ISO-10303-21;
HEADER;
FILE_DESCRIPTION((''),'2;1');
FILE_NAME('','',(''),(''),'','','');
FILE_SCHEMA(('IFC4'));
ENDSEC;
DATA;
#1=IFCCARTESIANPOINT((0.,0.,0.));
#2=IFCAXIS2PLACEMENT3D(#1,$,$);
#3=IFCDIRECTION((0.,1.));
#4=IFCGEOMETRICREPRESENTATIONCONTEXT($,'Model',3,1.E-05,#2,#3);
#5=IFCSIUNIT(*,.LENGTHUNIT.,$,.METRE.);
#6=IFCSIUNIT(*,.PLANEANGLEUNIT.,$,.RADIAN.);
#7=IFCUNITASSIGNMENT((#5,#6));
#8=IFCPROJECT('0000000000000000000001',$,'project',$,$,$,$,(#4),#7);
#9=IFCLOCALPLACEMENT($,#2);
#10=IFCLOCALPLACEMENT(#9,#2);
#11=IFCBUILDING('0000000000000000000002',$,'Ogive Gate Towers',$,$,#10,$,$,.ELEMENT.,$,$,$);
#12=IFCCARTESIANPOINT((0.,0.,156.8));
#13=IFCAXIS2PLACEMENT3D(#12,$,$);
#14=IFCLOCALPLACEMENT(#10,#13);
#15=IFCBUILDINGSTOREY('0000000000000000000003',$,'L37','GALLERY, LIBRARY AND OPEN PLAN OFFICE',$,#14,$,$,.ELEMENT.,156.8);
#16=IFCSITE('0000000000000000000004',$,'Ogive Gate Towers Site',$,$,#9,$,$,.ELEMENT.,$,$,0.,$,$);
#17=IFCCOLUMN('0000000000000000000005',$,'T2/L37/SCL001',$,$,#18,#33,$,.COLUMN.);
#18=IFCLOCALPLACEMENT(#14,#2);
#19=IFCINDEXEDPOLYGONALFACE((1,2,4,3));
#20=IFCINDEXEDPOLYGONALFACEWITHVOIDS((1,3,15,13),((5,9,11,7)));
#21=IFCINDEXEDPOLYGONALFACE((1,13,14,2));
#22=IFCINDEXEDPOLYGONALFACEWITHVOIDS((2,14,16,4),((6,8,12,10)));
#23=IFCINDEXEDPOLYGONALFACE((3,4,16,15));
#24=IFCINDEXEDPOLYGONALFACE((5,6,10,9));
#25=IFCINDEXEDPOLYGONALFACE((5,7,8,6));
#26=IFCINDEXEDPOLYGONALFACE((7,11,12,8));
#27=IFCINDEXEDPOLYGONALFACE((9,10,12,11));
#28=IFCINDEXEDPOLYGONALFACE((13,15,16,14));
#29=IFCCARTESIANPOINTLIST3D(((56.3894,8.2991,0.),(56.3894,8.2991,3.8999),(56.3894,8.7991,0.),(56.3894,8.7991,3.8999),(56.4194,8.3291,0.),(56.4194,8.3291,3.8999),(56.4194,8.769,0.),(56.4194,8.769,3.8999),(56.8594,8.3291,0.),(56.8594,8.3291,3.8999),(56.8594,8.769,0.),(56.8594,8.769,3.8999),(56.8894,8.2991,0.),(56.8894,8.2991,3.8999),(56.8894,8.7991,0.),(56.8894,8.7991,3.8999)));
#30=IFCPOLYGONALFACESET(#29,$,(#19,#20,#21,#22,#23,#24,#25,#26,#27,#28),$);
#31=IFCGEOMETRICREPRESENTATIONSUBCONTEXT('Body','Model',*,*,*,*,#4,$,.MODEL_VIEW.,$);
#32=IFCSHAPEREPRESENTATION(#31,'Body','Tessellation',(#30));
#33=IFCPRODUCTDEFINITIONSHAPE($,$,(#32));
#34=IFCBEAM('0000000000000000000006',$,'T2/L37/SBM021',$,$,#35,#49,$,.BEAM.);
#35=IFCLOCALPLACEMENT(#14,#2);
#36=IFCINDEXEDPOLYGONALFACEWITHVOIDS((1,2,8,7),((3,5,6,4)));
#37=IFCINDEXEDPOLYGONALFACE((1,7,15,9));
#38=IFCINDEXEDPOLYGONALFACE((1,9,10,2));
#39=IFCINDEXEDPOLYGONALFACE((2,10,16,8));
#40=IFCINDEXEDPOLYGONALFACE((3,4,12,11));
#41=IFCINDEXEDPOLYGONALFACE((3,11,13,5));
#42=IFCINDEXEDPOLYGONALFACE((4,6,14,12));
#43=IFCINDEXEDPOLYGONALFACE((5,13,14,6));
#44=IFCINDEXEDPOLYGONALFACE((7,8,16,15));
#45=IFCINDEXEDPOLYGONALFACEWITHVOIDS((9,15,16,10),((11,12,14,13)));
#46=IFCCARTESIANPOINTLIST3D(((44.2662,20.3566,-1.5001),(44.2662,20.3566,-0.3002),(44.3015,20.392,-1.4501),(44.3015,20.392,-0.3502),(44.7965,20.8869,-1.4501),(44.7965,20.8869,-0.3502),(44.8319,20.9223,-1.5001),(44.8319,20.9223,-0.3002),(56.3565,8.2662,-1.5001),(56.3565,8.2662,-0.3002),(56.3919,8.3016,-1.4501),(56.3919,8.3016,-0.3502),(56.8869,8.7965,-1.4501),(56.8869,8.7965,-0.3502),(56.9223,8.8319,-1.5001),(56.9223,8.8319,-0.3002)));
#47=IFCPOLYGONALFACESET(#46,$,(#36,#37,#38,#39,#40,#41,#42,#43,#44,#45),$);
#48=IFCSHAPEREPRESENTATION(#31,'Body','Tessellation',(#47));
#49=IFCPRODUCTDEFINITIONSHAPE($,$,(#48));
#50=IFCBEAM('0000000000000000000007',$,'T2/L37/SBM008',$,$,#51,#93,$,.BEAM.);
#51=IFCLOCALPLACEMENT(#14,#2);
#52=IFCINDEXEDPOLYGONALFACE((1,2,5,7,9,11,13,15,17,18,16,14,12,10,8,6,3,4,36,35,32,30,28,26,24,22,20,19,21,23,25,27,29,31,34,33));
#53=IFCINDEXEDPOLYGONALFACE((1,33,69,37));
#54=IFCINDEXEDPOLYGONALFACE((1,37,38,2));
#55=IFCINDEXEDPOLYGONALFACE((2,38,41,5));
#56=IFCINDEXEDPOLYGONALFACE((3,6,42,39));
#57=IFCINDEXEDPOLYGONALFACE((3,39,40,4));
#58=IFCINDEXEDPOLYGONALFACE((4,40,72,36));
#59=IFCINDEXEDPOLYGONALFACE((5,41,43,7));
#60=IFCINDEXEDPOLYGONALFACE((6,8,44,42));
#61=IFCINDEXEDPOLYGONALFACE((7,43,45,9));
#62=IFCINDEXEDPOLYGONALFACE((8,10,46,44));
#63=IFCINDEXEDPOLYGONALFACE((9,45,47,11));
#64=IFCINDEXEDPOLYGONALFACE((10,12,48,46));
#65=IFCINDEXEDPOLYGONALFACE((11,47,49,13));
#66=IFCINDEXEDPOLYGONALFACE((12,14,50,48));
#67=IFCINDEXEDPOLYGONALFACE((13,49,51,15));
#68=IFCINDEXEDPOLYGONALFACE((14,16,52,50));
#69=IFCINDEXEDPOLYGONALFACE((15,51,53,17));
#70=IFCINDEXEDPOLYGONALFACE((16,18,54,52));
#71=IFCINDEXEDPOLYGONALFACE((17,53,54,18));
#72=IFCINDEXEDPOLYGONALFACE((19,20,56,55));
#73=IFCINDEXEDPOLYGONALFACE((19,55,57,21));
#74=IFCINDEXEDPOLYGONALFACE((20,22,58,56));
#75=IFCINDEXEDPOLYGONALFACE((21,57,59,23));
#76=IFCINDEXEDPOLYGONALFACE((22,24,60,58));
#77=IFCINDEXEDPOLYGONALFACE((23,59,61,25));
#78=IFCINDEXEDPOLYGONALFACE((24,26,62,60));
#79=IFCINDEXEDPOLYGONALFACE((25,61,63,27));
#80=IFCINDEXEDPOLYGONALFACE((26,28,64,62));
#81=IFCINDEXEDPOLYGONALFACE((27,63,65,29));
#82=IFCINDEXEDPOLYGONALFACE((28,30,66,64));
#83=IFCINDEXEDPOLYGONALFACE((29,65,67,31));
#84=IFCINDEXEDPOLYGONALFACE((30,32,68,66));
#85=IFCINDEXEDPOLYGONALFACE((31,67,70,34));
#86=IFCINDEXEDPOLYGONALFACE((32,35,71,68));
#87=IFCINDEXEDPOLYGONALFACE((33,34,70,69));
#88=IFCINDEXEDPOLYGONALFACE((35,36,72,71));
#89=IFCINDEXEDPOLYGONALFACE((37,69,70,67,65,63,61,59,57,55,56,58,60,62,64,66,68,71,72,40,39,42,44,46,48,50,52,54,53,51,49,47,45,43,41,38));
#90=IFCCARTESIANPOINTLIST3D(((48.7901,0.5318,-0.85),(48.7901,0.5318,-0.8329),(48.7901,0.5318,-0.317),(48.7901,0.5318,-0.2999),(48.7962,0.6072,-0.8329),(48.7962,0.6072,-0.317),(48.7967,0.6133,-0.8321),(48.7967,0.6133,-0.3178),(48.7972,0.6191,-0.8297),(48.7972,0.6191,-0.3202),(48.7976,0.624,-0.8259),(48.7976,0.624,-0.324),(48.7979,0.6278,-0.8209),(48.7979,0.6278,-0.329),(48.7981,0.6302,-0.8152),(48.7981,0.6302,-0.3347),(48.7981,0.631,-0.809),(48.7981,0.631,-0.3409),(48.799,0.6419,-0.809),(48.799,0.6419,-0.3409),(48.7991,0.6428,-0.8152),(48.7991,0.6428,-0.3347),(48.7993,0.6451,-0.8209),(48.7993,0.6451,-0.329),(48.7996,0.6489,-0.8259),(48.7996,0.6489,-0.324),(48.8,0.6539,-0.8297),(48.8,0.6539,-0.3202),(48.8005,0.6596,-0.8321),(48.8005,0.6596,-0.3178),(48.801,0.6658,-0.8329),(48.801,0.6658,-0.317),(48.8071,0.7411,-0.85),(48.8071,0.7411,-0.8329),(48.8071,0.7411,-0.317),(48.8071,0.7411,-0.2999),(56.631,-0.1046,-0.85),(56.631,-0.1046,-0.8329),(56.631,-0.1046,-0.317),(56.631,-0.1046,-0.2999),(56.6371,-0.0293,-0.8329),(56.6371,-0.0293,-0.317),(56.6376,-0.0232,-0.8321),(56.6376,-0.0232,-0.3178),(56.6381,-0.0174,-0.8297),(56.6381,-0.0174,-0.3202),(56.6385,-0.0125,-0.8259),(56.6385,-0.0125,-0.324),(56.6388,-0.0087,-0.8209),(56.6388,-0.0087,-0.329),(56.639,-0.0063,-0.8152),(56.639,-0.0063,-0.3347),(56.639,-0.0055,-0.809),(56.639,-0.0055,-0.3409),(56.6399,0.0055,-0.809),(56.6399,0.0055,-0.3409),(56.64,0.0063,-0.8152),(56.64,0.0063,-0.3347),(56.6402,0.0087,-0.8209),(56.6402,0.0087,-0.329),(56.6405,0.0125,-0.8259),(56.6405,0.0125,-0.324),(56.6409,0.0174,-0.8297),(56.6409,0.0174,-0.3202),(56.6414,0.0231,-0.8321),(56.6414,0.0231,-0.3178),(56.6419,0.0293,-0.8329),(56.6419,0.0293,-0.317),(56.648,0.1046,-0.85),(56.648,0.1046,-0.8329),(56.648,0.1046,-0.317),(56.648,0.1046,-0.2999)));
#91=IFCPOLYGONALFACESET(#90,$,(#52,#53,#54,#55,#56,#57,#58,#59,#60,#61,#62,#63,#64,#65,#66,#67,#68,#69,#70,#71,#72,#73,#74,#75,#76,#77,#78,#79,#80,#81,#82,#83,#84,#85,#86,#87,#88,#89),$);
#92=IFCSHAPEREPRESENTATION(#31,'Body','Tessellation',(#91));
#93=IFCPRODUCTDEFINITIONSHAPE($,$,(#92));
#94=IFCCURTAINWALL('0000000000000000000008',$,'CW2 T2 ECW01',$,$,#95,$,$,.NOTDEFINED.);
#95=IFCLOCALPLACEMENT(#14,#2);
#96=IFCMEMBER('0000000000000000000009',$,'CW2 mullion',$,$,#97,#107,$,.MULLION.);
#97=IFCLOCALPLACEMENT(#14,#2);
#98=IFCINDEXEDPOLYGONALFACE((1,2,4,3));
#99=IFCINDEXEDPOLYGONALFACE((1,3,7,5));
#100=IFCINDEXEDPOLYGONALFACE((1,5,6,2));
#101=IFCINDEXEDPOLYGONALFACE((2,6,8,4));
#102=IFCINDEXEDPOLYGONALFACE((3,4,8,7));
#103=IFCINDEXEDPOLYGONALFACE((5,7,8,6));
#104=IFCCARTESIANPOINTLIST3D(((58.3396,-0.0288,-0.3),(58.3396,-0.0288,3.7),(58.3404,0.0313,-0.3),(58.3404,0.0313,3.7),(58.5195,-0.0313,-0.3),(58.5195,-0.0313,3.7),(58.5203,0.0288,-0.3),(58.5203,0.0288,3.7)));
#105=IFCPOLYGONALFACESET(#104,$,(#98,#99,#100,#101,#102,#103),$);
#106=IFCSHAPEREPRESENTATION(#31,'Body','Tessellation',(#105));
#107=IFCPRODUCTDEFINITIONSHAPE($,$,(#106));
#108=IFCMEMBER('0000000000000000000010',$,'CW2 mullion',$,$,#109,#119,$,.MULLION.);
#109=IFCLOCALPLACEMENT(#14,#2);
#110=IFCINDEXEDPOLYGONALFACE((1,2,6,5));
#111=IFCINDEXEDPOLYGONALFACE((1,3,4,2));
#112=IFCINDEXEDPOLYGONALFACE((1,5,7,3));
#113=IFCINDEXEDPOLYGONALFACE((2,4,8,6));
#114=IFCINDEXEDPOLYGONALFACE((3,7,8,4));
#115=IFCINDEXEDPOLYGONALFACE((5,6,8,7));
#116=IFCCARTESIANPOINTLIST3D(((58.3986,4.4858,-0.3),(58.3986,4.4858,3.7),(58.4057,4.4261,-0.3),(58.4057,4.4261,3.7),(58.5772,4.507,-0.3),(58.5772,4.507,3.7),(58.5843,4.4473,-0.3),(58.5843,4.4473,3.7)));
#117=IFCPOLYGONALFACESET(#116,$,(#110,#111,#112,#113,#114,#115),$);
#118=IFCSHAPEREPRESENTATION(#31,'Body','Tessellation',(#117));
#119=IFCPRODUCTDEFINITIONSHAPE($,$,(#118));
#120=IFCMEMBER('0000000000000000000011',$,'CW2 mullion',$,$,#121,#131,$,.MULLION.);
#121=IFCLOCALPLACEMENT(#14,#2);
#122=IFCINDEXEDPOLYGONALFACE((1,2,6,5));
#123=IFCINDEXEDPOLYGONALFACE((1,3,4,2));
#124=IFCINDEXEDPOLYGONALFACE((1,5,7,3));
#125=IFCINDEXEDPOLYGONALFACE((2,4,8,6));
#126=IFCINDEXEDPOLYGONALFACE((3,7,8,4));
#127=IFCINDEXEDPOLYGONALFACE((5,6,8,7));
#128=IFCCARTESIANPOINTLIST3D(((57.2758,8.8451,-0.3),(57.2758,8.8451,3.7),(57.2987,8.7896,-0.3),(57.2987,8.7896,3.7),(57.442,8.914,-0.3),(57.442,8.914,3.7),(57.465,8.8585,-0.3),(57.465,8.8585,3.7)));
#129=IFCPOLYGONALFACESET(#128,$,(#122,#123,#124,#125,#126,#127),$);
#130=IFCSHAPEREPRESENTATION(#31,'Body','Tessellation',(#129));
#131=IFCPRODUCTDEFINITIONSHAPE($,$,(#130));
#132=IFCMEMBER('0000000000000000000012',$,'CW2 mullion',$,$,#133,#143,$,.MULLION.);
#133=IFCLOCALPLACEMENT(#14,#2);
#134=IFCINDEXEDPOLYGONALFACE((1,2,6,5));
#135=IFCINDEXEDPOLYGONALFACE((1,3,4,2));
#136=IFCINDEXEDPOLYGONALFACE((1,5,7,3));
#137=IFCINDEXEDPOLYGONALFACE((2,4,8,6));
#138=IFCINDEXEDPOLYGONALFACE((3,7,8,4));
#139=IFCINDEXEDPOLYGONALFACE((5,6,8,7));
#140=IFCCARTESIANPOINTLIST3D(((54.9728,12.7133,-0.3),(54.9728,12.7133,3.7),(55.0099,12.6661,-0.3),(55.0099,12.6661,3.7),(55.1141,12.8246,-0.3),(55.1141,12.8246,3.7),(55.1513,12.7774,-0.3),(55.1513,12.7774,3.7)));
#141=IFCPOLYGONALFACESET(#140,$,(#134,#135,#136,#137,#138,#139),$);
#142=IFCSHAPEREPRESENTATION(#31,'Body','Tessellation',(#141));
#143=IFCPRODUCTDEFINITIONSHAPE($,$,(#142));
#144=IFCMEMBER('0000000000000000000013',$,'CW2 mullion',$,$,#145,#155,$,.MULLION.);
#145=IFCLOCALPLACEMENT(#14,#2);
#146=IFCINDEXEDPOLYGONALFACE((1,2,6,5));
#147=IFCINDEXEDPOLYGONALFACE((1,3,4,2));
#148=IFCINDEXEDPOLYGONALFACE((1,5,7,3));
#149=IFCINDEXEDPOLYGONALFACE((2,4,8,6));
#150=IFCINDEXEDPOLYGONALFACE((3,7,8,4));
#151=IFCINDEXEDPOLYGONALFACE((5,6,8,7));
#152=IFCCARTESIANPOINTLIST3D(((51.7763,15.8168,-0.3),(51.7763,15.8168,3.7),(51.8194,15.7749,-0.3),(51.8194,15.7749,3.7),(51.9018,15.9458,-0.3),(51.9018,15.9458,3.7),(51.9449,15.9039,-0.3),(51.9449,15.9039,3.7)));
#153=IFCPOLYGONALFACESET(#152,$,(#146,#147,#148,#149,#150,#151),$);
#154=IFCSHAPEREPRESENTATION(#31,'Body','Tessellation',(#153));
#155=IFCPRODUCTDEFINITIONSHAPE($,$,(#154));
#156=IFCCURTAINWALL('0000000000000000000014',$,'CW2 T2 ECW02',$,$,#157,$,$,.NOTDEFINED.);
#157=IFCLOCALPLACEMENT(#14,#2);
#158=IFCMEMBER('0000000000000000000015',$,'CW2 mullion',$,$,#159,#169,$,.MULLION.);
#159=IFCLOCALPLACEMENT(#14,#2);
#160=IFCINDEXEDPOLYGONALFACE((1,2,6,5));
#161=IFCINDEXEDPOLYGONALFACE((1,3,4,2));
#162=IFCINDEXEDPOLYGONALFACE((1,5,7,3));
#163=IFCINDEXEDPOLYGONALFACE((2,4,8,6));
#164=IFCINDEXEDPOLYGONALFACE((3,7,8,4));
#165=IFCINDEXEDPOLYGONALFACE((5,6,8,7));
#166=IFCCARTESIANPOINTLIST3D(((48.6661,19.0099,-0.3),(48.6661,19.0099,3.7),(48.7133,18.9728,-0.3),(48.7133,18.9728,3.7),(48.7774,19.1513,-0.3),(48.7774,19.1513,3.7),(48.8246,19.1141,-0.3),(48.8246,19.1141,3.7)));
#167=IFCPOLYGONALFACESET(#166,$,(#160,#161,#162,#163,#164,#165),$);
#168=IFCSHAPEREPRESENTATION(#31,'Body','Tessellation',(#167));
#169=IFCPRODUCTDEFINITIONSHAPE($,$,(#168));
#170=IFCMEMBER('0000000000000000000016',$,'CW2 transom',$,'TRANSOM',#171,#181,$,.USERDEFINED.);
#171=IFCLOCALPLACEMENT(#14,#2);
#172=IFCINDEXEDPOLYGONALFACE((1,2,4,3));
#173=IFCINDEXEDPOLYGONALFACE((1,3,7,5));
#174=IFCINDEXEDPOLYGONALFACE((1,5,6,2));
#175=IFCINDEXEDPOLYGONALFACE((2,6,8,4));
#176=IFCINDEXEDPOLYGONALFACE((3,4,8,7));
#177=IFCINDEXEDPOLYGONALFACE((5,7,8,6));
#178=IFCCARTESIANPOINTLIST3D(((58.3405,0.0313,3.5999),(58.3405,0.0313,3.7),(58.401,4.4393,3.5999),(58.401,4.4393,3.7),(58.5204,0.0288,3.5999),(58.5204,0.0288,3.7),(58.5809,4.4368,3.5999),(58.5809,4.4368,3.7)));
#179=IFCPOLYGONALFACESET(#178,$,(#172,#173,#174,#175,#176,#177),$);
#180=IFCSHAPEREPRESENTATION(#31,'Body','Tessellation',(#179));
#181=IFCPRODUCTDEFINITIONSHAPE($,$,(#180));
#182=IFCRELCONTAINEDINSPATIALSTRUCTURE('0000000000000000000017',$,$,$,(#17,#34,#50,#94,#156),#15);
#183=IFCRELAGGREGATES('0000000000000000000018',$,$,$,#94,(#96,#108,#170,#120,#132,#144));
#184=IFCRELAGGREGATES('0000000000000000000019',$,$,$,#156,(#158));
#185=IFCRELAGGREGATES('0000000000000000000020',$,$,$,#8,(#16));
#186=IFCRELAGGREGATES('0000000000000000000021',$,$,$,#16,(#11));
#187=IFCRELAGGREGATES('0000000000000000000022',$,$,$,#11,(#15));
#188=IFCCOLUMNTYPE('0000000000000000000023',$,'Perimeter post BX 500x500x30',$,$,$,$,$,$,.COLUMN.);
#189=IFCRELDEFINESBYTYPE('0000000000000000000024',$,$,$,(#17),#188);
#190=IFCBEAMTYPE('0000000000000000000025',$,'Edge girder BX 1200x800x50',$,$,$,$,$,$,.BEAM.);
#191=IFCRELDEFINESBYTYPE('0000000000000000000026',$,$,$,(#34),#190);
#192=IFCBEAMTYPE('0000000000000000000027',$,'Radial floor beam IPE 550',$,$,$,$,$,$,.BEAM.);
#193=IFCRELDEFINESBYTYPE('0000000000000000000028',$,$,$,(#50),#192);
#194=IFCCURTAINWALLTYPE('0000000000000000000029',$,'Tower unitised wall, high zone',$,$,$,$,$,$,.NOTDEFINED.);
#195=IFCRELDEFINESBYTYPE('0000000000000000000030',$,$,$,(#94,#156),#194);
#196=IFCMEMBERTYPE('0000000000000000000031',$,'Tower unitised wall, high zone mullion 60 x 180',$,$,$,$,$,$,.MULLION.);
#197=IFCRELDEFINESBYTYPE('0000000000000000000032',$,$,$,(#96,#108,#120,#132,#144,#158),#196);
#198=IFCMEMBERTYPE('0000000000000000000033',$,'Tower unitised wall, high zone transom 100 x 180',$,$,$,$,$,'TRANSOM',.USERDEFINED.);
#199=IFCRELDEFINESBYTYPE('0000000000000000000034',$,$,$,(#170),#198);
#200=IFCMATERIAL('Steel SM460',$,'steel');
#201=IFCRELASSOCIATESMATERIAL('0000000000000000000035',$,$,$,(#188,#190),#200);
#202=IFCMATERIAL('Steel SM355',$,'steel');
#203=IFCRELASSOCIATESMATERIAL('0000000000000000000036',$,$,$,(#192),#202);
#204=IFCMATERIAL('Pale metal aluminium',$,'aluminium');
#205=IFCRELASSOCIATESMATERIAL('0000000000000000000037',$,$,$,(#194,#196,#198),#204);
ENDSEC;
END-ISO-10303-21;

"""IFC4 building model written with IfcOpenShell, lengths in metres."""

from ifc_helpers import new_model, si_unit, direction, frame, origin, origin_2d, place, context, subcontext, project, spatial, rectangle, hollow_rectangle, i_section, extrude, material, material_profile, profile_set, type_object, element, aggregate, save


model = new_model("IFC4")

# Units and contexts
model_context = context("Model", 3, precision=1e-05, world=origin(), true_north=direction((0.0, 1.0)))
body_context = subcontext(model_context, "Body", "Model", "MODEL_VIEW")
ifc_project = project(units=[si_unit("LENGTHUNIT", "METRE"), si_unit("PLANEANGLEUNIT", "RADIAN")], contexts=[model_context])

# Site, building, storey
site_placement = place(None, origin())
site = spatial("IfcSite", under=ifc_project, at=site_placement, Name="Ogive Gate Towers Site", CompositionType="ELEMENT", RefElevation=0.0)
building_placement = place(site_placement, origin())
building = spatial("IfcBuilding", under=site, at=building_placement, Name="Ogive Gate Towers", CompositionType="ELEMENT")
storey_placement = place(building_placement, frame((0.0, 0.0, 156.8)))
storey = spatial("IfcBuildingStorey", under=building, at=storey_placement, Name="L37", Description="GALLERY, LIBRARY AND OPEN PLAN OFFICE", CompositionType="ELEMENT", Elevation=156.8)

# Column
ifc_material_1 = material(Name="Steel SM460", Category="steel")
ifc_material_profile_1 = material_profile(ifc_material_1, hollow_rectangle(XDim=0.5, YDim=0.5, WallThickness=0.03, at=origin_2d()), Name="BX 500x500x30")
ifc_profile_set_1 = profile_set([ifc_material_profile_1], Name="Steel SM460")
column_type = type_object("IfcColumnType", Name="Perimeter post BX 500x500x30", PredefinedType="COLUMN", material=ifc_profile_set_1)
column_placement = place(storey_placement, frame((56.6394, 8.5491, 0.0), z_axis=(0.0, 0.0, 1.0), x_axis=(1.0, 0.0, 0.0)))
element("IfcColumn", 1, at=column_placement, inside=storey, type_object=column_type, Name="T2/L37/SCL001", PredefinedType="COLUMN", context=body_context, shape_type="SweptSolid", body=[
    extrude(hollow_rectangle(XDim=0.5, YDim=0.5, WallThickness=0.03, at=origin_2d()), origin(), (0.0, 0.0, 1.0), 3.8999),
])

# Beams
ifc_material_profile_2 = material_profile(ifc_material_1, hollow_rectangle(XDim=0.8, YDim=1.2, WallThickness=0.05, at=origin_2d()), Name="BX 1200x800x50")
ifc_profile_set_2 = profile_set([ifc_material_profile_2], Name="Steel SM460")
beam_type_1 = type_object("IfcBeamType", Name="Edge girder BX 1200x800x50", PredefinedType="BEAM", material=ifc_profile_set_2)
beam_1_placement = place(storey_placement, frame((56.6394, 8.5491, -0.9001), z_axis=(-0.707107, 0.707107, 0.0), x_axis=(-0.707107, -0.707107, 0.0)))
element("IfcBeam", 2, at=beam_1_placement, inside=storey, type_object=beam_type_1, Name="T2/L37/SBM021", PredefinedType="BEAM", context=body_context, shape_type="SweptSolid", body=[
    extrude(hollow_rectangle(XDim=0.8, YDim=1.2, WallThickness=0.05, at=origin_2d()), origin(), (0.0, 0.0, 1.0), 17.0984),
])
ifc_material_2 = material(Name="Steel SM355", Category="steel")
ifc_material_profile_3 = material_profile(ifc_material_2, i_section(OverallWidth=0.21, OverallDepth=0.55, WebThickness=0.011, FlangeThickness=0.0171, FilletRadius=0.0239, at=origin_2d()), Name="IPE 550")
ifc_profile_set_3 = profile_set([ifc_material_profile_3], Name="Steel SM355")
beam_type_2 = type_object("IfcBeamType", Name="Radial floor beam IPE 550", PredefinedType="BEAM", material=ifc_profile_set_3)
beam_2_placement = place(storey_placement, frame((48.7986, 0.6365, -0.575), z_axis=(0.996722, -0.080908, 0.0), x_axis=(0.080908, 0.996722, 0.0)))
element("IfcBeam", 3, at=beam_2_placement, inside=storey, type_object=beam_type_2, Name="T2/L37/SBM008", PredefinedType="BEAM", context=body_context, shape_type="SweptSolid", body=[
    extrude(i_section(OverallWidth=0.21, OverallDepth=0.55, WebThickness=0.011, FlangeThickness=0.0171, FilletRadius=0.0239, at=origin_2d()), origin(), (0.0, 0.0, 1.0), 7.8667),
])

# Curtain wall, members
ifc_material_3 = material(Name="Pale metal aluminium", Category="aluminium")
curtain_wall_type = type_object("IfcCurtainWallType", Name="Tower unitised wall, high zone", PredefinedType="NOTDEFINED", material=ifc_material_3)
curtain_wall_1_placement = place(storey_placement, origin())
curtain_wall_1 = element("IfcCurtainWall", 4, at=curtain_wall_1_placement, inside=storey, type_object=curtain_wall_type, Name="CW2 T2 ECW01", PredefinedType="NOTDEFINED")
ifc_material_profile_4 = material_profile(ifc_material_3, rectangle(XDim=0.1799, YDim=0.0601, at=origin_2d()), Name="60 x 180 aluminium box")
ifc_profile_set_4 = profile_set([ifc_material_profile_4], Name="Pale metal aluminium")
member_type_1 = type_object("IfcMemberType", Name="Tower unitised wall, high zone mullion 60 x 180", PredefinedType="MULLION", material=ifc_profile_set_4)
member_1_placement = place(storey_placement, frame((58.4299, 0.0, -0.3), z_axis=(0.0, 0.0, 1.0), x_axis=(0.999906, -0.013718, 0.0)))
member_1 = element("IfcMember", 5, at=member_1_placement, type_object=member_type_1, Name="CW2 mullion", PredefinedType="MULLION", context=body_context, shape_type="SweptSolid", body=[
    extrude(rectangle(XDim=0.1799, YDim=0.0601, at=origin_2d()), origin(), (0.0, 0.0, 1.0), 4.0),
])
member_2_placement = place(storey_placement, frame((58.4915, 4.4666, -0.3), z_axis=(0.0, 0.0, 1.0), x_axis=(0.993013, 0.118005, 0.0)))
member_2 = element("IfcMember", 6, at=member_2_placement, type_object=member_type_1, Name="CW2 mullion", PredefinedType="MULLION", context=body_context, shape_type="SweptSolid", body=[
    extrude(rectangle(XDim=0.1799, YDim=0.0601, at=origin_2d()), origin(), (0.0, 0.0, 1.0), 4.0),
])
member_3_placement = place(storey_placement, frame((57.3704, 8.8518, -0.3), z_axis=(0.0, 0.0, 1.0), x_axis=(0.92388, 0.382683, 0.0)))
member_3 = element("IfcMember", 7, at=member_3_placement, type_object=member_type_1, Name="CW2 mullion", PredefinedType="MULLION", context=body_context, shape_type="SweptSolid", body=[
    extrude(rectangle(XDim=0.1799, YDim=0.0601, at=origin_2d()), origin(), (0.0, 0.0, 1.0), 4.0),
])
member_4_placement = place(storey_placement, frame((55.062, 12.7454, -0.3), z_axis=(0.0, 0.0, 1.0), x_axis=(0.785619, 0.61871, 0.0)))
member_4 = element("IfcMember", 8, at=member_4_placement, type_object=member_type_1, Name="CW2 mullion", PredefinedType="MULLION", context=body_context, shape_type="SweptSolid", body=[
    extrude(rectangle(XDim=0.1799, YDim=0.0601, at=origin_2d()), origin(), (0.0, 0.0, 1.0), 4.0),
])
member_5_placement = place(storey_placement, frame((51.8606, 15.8604, -0.3), z_axis=(0.0, 0.0, 1.0), x_axis=(0.697353, 0.716728, 0.0)))
member_5 = element("IfcMember", 9, at=member_5_placement, type_object=member_type_1, Name="CW2 mullion", PredefinedType="MULLION", context=body_context, shape_type="SweptSolid", body=[
    extrude(rectangle(XDim=0.1799, YDim=0.0601, at=origin_2d()), origin(), (0.0, 0.0, 1.0), 4.0),
])

# Curtain wall, member
curtain_wall_2_placement = place(storey_placement, origin())
curtain_wall_2 = element("IfcCurtainWall", 10, at=curtain_wall_2_placement, inside=storey, type_object=curtain_wall_type, Name="CW2 T2 ECW02", PredefinedType="NOTDEFINED")
member_6_placement = place(storey_placement, frame((48.7454, 19.062, -0.3), z_axis=(0.0, 0.0, 1.0), x_axis=(0.61871, 0.785619, 0.0)))
member_6 = element("IfcMember", 11, at=member_6_placement, type_object=member_type_1, Name="CW2 mullion", PredefinedType="MULLION", context=body_context, shape_type="SweptSolid", body=[
    extrude(rectangle(XDim=0.1799, YDim=0.0601, at=origin_2d()), origin(), (0.0, 0.0, 1.0), 4.0),
])

# Member
ifc_material_profile_5 = material_profile(ifc_material_3, rectangle(XDim=0.1799, YDim=0.1001, at=origin_2d()), Name="100 x 180 aluminium box")
ifc_profile_set_5 = profile_set([ifc_material_profile_5], Name="Pale metal aluminium")
member_type_2 = type_object("IfcMemberType", Name="Tower unitised wall, high zone transom 100 x 180", ElementType="TRANSOM", PredefinedType="USERDEFINED", material=ifc_profile_set_5)
member_7_placement = place(storey_placement, frame((58.4304, 0.03, 3.6499), z_axis=(0.013735, 0.999906, 0.0), x_axis=(-0.999906, 0.013735, 0.0)))
member_7 = element("IfcMember", 12, at=member_7_placement, type_object=member_type_2, Name="CW2 transom", ObjectType="TRANSOM", PredefinedType="USERDEFINED", context=body_context, shape_type="SweptSolid", body=[
    extrude(rectangle(XDim=0.1799, YDim=0.1001, at=origin_2d()), origin(), (0.0, 0.0, 1.0), 4.4084),
])

aggregate(curtain_wall_1, [member_1, member_2, member_7, member_3, member_4, member_5])
aggregate(curtain_wall_2, [member_6])

save(model, "model.ifc")
